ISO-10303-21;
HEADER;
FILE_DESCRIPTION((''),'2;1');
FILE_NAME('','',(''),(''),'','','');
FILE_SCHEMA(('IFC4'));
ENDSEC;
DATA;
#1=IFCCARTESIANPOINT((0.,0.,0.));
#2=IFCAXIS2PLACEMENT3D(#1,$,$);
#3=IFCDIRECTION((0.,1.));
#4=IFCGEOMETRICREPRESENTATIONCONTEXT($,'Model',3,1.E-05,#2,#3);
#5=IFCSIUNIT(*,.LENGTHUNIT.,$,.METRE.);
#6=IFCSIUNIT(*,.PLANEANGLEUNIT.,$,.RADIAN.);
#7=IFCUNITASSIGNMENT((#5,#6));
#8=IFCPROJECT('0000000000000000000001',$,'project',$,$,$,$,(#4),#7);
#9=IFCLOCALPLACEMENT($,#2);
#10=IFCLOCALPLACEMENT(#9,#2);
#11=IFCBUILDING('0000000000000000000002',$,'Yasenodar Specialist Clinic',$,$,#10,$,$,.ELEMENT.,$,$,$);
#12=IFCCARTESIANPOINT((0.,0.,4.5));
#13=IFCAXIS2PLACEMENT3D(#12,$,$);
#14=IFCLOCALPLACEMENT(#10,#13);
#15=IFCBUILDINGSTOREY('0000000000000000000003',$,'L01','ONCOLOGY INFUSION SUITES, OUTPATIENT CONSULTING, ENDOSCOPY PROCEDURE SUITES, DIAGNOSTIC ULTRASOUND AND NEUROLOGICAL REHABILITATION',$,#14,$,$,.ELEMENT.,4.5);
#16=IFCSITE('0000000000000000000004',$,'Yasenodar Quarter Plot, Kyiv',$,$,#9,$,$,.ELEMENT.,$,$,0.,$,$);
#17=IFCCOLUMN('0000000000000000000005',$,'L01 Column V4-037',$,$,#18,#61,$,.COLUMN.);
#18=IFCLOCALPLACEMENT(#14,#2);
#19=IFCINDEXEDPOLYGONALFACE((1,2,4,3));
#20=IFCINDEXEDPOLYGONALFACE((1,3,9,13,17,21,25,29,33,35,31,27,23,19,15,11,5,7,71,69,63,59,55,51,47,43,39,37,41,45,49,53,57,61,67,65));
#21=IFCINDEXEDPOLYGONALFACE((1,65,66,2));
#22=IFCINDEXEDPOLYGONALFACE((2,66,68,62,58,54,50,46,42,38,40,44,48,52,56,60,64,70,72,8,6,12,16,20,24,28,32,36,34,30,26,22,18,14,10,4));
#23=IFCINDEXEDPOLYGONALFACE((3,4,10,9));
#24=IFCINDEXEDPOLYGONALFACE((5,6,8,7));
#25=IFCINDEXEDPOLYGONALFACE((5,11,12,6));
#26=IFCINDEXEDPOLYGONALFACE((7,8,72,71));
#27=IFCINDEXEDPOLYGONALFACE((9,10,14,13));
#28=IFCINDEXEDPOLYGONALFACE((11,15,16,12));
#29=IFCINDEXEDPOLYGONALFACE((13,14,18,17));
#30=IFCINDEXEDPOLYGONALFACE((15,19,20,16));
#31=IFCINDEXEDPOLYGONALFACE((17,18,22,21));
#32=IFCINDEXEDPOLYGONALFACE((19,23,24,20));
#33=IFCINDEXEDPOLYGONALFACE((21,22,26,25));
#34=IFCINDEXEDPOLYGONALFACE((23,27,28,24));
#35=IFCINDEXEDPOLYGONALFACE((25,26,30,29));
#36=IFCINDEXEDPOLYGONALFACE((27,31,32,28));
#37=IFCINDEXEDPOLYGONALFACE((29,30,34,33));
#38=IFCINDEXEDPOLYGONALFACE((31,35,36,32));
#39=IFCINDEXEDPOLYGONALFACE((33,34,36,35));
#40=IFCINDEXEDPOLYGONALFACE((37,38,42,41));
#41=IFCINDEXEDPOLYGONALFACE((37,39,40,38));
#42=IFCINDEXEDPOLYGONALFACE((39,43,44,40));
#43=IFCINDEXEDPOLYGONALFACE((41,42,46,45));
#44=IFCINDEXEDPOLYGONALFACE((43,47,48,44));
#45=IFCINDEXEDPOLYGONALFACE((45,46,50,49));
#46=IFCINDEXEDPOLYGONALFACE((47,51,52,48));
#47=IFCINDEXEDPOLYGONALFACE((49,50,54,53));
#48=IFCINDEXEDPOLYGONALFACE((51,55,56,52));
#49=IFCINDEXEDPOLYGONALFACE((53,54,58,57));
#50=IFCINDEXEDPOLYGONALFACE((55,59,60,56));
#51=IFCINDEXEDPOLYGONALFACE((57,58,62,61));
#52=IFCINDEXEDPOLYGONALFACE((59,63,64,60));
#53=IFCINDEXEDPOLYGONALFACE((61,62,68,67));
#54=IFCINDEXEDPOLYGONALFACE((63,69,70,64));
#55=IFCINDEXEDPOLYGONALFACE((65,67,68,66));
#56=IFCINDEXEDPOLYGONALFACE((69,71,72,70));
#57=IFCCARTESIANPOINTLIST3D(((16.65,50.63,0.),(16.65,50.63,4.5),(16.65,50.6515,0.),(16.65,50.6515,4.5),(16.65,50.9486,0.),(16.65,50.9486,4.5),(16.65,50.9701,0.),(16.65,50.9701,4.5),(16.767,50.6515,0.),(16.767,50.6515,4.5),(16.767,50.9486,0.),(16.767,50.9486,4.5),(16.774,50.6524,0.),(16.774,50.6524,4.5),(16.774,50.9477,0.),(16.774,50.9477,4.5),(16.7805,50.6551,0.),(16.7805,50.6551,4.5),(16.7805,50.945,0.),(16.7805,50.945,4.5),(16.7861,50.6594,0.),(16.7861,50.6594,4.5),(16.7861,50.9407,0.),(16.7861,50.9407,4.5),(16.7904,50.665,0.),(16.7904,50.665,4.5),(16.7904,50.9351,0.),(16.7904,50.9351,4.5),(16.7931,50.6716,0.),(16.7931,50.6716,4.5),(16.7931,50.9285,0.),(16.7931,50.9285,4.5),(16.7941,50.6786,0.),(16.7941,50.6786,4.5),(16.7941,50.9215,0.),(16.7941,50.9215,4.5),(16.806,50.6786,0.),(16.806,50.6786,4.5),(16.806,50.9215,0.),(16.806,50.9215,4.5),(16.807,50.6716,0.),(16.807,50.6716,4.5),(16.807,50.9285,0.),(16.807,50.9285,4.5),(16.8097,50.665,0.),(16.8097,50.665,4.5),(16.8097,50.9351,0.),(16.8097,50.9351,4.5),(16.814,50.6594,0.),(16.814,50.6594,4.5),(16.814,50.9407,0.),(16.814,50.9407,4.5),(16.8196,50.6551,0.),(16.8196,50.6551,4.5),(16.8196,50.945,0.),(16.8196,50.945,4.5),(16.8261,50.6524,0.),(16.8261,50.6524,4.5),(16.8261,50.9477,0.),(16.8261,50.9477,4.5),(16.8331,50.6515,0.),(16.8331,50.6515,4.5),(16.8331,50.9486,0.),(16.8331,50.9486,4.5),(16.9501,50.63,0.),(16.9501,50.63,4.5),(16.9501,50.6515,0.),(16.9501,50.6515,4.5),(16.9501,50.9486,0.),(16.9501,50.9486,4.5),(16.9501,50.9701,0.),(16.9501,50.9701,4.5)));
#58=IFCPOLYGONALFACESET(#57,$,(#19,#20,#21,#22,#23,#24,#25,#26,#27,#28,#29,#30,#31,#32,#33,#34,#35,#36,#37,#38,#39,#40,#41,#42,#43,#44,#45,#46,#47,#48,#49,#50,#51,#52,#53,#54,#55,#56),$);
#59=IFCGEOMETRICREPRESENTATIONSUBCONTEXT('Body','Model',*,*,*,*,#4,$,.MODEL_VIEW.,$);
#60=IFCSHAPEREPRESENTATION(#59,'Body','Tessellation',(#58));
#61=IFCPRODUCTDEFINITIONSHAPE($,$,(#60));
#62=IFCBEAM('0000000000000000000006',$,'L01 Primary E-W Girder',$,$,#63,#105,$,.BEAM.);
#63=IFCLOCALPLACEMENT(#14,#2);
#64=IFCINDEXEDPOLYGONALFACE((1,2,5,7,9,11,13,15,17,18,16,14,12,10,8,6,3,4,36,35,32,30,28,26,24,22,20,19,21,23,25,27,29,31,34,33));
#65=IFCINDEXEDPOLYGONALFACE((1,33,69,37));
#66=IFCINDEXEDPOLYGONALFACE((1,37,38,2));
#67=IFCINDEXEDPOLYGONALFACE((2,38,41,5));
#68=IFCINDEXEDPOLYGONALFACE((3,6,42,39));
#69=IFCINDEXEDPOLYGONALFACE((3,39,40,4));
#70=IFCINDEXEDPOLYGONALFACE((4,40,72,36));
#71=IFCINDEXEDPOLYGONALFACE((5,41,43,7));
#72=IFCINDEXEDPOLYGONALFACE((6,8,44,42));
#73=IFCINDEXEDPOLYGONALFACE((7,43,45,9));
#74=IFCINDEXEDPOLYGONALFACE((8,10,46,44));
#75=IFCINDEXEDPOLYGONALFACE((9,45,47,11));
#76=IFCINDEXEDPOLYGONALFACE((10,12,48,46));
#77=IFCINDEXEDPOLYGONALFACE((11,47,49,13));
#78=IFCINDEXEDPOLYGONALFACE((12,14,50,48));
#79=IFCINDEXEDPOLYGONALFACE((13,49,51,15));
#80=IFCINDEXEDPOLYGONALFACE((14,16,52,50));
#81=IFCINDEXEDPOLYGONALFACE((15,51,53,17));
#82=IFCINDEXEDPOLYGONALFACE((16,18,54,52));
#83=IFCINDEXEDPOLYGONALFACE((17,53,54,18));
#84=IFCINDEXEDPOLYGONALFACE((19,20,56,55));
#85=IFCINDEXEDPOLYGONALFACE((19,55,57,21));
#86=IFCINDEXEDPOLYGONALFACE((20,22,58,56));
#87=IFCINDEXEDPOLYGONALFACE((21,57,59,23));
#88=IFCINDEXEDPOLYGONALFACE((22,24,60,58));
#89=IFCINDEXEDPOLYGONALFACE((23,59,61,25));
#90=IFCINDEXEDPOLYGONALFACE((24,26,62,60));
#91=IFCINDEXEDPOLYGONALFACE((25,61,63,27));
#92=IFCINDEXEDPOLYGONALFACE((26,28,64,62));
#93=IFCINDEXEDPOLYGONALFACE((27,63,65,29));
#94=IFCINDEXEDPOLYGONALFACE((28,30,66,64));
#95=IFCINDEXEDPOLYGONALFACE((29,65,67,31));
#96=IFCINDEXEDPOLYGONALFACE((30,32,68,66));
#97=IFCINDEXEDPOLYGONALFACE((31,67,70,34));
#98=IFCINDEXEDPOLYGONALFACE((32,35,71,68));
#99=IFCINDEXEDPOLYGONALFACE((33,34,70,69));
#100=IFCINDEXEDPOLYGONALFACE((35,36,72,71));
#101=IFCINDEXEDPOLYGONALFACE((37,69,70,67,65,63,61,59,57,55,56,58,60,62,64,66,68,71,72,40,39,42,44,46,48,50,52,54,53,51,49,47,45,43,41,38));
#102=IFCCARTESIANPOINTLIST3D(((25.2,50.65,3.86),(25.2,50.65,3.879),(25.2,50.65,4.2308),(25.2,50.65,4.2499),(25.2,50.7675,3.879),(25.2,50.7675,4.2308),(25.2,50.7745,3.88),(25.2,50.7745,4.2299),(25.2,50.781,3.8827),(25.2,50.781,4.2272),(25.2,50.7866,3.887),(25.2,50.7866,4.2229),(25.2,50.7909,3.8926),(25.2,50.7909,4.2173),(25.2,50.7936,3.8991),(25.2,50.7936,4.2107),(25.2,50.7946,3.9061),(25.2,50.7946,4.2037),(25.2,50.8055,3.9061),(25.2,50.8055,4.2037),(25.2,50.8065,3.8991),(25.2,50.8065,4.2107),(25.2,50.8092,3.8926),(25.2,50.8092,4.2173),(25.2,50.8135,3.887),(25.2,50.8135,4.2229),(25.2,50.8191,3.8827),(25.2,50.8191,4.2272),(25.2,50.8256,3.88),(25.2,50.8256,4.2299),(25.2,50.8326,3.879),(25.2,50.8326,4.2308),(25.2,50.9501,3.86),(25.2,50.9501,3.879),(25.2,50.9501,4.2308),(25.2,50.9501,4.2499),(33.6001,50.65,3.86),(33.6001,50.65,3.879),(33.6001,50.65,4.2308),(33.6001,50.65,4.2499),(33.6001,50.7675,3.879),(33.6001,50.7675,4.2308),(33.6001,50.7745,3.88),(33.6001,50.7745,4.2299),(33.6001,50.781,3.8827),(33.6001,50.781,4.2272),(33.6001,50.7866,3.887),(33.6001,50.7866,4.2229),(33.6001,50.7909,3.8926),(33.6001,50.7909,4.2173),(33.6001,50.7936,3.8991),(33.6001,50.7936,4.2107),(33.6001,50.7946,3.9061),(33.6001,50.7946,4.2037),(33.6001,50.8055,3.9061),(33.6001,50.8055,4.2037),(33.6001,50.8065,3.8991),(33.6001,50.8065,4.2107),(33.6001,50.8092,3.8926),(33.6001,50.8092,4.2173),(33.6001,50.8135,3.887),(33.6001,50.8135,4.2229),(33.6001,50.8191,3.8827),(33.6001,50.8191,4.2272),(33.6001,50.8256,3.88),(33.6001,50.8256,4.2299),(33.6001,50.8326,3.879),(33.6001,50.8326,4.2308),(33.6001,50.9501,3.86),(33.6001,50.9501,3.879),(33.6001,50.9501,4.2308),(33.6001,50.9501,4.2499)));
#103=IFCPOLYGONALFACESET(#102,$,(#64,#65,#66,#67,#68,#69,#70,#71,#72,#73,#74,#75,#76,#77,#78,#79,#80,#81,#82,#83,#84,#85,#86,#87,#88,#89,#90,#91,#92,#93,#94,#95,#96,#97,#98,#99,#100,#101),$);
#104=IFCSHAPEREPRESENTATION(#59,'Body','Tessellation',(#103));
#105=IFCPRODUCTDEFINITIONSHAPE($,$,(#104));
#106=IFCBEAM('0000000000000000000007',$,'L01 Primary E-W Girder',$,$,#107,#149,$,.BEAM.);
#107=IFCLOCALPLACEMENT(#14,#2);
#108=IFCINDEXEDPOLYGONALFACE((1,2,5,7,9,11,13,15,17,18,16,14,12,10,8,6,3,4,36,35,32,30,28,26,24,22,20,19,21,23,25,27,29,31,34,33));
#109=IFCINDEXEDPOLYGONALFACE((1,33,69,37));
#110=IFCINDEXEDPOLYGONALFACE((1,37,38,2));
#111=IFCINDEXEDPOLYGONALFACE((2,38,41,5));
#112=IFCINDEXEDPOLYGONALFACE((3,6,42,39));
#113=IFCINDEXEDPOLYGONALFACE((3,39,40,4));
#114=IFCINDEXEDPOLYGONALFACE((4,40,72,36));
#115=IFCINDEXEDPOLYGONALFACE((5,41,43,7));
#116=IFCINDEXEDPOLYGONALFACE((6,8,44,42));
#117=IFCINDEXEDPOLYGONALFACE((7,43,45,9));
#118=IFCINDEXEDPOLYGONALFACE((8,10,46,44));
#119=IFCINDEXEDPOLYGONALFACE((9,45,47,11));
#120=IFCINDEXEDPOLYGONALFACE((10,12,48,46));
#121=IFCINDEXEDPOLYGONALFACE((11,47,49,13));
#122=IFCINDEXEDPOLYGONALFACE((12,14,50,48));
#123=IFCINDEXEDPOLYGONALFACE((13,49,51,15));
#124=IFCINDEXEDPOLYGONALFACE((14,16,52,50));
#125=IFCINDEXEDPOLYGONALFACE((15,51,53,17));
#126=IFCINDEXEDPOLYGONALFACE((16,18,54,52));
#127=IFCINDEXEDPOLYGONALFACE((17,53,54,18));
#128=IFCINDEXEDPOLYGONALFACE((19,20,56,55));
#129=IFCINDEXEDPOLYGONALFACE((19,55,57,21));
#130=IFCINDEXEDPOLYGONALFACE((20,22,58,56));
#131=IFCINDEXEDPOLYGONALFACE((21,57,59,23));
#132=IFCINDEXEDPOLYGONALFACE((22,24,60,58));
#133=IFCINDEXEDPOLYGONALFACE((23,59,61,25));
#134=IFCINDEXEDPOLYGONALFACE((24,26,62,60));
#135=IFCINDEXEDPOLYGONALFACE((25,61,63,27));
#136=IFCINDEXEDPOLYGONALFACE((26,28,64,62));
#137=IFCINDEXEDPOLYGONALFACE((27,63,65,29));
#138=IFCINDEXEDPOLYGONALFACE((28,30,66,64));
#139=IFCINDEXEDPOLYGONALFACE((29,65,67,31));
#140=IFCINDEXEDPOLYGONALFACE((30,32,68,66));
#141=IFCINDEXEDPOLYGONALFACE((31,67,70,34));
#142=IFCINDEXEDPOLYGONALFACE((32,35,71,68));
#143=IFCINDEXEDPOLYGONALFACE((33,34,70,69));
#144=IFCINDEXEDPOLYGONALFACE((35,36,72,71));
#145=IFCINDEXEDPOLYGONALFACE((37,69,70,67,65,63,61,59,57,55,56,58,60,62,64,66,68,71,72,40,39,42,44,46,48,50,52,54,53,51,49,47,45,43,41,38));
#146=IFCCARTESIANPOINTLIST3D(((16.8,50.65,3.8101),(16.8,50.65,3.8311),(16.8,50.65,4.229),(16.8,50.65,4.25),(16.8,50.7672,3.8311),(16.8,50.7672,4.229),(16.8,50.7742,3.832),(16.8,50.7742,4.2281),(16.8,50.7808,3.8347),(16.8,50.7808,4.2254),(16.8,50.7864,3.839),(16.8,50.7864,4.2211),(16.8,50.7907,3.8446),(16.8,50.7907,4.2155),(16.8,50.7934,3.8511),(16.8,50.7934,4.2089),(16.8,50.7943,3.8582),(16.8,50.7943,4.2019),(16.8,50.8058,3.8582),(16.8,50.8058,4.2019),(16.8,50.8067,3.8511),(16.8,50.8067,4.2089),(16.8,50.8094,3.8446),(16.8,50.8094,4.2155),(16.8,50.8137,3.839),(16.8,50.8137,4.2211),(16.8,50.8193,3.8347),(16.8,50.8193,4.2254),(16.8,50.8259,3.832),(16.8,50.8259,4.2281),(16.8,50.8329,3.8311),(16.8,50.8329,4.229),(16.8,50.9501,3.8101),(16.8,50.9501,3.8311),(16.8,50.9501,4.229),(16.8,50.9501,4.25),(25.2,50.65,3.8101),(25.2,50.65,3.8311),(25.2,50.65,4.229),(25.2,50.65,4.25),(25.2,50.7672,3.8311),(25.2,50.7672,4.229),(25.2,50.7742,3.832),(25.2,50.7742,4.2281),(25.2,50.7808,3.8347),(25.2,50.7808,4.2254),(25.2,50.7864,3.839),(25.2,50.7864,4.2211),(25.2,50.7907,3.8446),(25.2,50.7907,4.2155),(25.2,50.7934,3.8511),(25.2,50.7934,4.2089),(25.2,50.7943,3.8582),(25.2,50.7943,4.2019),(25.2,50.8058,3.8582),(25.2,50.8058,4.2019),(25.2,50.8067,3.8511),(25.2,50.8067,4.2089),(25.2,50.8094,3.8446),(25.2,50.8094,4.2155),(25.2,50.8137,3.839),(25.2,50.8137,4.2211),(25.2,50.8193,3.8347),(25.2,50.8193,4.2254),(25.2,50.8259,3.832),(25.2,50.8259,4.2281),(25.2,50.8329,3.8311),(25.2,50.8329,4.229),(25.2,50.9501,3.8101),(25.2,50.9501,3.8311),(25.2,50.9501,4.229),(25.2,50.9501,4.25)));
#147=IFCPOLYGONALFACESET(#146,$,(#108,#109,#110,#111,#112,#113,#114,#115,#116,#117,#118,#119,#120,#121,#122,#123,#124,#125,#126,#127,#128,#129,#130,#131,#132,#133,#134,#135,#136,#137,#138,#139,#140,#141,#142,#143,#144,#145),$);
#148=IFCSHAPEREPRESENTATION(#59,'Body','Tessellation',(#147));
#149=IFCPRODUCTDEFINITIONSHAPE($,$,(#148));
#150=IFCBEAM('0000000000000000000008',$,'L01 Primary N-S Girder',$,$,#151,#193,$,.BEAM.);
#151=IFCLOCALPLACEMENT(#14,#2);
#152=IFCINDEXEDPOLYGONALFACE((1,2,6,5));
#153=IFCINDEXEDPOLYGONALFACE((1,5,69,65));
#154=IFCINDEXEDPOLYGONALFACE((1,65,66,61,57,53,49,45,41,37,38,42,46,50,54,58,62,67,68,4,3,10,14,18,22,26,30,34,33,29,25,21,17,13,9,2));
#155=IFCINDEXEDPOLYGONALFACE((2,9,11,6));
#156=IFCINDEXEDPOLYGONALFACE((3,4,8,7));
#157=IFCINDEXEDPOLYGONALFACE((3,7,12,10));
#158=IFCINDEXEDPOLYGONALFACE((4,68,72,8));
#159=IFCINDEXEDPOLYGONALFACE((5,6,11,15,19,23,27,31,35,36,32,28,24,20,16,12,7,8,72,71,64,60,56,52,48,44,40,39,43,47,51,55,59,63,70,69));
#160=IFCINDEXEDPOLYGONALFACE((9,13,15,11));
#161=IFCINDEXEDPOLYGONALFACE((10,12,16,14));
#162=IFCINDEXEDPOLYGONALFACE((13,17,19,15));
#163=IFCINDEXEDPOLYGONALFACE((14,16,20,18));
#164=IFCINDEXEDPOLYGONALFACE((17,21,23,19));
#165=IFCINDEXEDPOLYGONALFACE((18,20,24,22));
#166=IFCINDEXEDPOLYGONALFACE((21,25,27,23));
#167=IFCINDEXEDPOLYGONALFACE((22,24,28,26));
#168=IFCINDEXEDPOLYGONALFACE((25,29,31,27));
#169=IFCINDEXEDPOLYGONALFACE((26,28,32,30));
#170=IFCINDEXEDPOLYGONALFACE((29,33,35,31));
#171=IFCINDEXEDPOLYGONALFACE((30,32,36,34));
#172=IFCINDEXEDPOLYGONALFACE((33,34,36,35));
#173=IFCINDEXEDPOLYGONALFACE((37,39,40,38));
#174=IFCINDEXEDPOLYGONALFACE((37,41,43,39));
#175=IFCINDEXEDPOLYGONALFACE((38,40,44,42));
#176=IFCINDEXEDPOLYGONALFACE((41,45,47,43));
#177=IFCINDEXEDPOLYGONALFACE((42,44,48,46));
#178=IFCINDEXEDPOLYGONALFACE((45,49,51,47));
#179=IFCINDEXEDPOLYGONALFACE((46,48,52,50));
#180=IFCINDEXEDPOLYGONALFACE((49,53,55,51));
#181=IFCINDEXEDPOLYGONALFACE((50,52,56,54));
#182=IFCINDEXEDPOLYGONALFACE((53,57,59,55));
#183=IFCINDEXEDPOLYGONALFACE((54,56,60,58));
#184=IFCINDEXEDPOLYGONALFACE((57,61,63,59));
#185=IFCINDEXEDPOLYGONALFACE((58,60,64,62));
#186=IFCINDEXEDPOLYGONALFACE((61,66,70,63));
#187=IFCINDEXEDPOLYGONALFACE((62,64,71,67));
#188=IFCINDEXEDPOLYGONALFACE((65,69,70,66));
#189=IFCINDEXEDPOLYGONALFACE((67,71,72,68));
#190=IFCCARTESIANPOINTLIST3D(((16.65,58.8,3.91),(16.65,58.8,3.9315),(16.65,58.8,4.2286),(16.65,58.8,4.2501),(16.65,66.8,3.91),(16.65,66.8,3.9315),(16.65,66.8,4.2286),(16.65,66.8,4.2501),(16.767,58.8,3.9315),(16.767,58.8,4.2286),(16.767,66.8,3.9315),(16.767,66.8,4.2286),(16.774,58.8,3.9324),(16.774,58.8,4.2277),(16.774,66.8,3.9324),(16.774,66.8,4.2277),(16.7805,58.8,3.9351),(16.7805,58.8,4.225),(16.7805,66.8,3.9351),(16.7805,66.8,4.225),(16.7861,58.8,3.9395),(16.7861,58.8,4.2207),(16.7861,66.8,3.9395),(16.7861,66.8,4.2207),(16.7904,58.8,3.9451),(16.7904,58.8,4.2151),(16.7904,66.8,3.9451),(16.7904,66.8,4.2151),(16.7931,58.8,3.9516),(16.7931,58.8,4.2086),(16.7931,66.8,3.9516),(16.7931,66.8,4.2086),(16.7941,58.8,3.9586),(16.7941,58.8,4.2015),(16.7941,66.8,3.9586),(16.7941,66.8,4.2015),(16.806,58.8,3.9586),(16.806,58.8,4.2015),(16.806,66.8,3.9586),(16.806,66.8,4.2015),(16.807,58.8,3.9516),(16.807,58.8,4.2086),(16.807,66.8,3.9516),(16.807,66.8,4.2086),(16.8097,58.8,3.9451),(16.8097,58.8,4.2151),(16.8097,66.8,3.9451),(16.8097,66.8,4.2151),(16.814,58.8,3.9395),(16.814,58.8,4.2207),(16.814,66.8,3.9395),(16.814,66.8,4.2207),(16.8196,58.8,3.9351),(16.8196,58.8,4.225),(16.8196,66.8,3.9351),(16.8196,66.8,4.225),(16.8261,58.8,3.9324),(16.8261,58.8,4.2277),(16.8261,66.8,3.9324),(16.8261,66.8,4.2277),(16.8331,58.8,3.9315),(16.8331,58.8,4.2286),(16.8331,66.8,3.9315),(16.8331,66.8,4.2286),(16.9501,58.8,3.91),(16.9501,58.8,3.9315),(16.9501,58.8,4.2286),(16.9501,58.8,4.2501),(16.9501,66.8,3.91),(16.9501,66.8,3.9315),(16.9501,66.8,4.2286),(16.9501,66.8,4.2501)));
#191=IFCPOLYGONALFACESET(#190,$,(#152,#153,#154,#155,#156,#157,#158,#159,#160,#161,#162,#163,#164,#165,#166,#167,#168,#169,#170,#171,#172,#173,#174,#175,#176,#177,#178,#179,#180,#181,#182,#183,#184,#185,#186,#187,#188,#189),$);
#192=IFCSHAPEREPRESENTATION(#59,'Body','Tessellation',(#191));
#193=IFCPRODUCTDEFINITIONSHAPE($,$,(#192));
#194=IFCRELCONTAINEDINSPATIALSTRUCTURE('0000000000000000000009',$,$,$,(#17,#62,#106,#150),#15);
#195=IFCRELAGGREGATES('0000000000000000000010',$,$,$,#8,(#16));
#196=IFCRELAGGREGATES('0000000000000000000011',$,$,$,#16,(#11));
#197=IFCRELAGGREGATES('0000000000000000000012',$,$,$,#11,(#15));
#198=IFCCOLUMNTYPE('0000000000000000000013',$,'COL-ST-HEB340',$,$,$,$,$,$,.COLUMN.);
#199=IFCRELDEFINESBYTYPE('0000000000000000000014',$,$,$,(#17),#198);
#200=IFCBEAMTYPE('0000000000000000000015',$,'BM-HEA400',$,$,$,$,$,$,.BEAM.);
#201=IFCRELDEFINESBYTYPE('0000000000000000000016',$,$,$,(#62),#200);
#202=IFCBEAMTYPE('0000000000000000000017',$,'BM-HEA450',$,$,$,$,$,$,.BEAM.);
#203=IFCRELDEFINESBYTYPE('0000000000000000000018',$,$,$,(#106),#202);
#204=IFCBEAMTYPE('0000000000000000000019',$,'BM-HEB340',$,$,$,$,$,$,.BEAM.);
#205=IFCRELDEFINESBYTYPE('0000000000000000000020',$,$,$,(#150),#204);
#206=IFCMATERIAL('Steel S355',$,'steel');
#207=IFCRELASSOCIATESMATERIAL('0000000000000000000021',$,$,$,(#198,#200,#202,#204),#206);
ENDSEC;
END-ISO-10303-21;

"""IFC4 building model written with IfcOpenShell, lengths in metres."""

from ifc_helpers import new_model, si_unit, direction, frame, origin, origin_2d, place, context, subcontext, project, spatial, i_section, extrude, material, material_profile, profile_set, type_object, element, save


model = new_model("IFC4")

# Units and contexts
model_context = context("Model", 3, precision=1e-05, world=origin(), true_north=direction((0.0, 1.0)))
body_context = subcontext(model_context, "Body", "Model", "MODEL_VIEW")
ifc_project = project(units=[si_unit("LENGTHUNIT", "METRE"), si_unit("PLANEANGLEUNIT", "RADIAN")], contexts=[model_context])

# Site, building, storey
site_placement = place(None, origin())
site = spatial("IfcSite", under=ifc_project, at=site_placement, Name="Yasenodar Quarter Plot, Kyiv", CompositionType="ELEMENT", RefElevation=0.0)
building_placement = place(site_placement, origin())
building = spatial("IfcBuilding", under=site, at=building_placement, Name="Yasenodar Specialist Clinic", CompositionType="ELEMENT")
storey_placement = place(building_placement, frame((0.0, 0.0, 4.5)))
storey = spatial("IfcBuildingStorey", under=building, at=storey_placement, Name="L01", Description="ONCOLOGY INFUSION SUITES, OUTPATIENT CONSULTING, ENDOSCOPY PROCEDURE SUITES, DIAGNOSTIC ULTRASOUND AND NEUROLOGICAL REHABILITATION", CompositionType="ELEMENT", Elevation=4.5)

# Column
ifc_material_1 = material(Name="Steel S355", Category="steel")
ifc_material_profile_1 = material_profile(ifc_material_1, i_section(OverallWidth=0.3, OverallDepth=0.3401, WebThickness=0.012, FlangeThickness=0.0215, FilletRadius=0.0271, at=origin_2d()), Name="HEB 340")
ifc_profile_set_1 = profile_set([ifc_material_profile_1], Name="Steel S355")
column_type_1 = type_object("IfcColumnType", Name="COL-ST-HEB340", PredefinedType="COLUMN", material=ifc_profile_set_1)
column_1_placement = place(storey_placement, frame((16.8, 50.8, 0.0), z_axis=(0.0, 0.0, 1.0), x_axis=(1.0, 0.0, 0.0)))
element("IfcColumn", 1, at=column_1_placement, inside=storey, type_object=column_type_1, Name="L01 Column V4-037", PredefinedType="COLUMN", context=body_context, shape_type="SweptSolid", body=[
    extrude(i_section(OverallWidth=0.3, OverallDepth=0.3401, WebThickness=0.012, FlangeThickness=0.0215, FilletRadius=0.0271, at=origin_2d()), origin(), (0.0, 0.0, 1.0), 4.5),
])

# Beams
ifc_material_profile_2 = material_profile(ifc_material_1, i_section(OverallWidth=0.3, OverallDepth=0.3899, WebThickness=0.011, FlangeThickness=0.019, FilletRadius=0.0271, at=origin_2d()), Name="HEA 400")
ifc_profile_set_2 = profile_set([ifc_material_profile_2], Name="Steel S355")
beam_type_1 = type_object("IfcBeamType", Name="BM-HEA400", PredefinedType="BEAM", material=ifc_profile_set_2)
beam_1_placement = place(storey_placement, frame((25.2, 50.8, 4.0549), z_axis=(1.0, 0.0, 0.0), x_axis=(0.0, 1.0, 0.0)))
element("IfcBeam", 2, at=beam_1_placement, inside=storey, type_object=beam_type_1, Name="L01 Primary E-W Girder", PredefinedType="BEAM", context=body_context, shape_type="SweptSolid", body=[
    extrude(i_section(OverallWidth=0.3, OverallDepth=0.3899, WebThickness=0.011, FlangeThickness=0.019, FilletRadius=0.0271, at=origin_2d()), origin(), (0.0, 0.0, 1.0), 8.4001),
])
ifc_material_profile_3 = material_profile(ifc_material_1, i_section(OverallWidth=0.3, OverallDepth=0.4399, WebThickness=0.0115, FlangeThickness=0.021, FilletRadius=0.0271, at=origin_2d()), Name="HEA 450")
ifc_profile_set_3 = profile_set([ifc_material_profile_3], Name="Steel S355")
beam_type_2 = type_object("IfcBeamType", Name="BM-HEA450", PredefinedType="BEAM", material=ifc_profile_set_3)
beam_2_placement = place(storey_placement, frame((16.8, 50.8, 4.03), z_axis=(1.0, 0.0, 0.0), x_axis=(0.0, 1.0, 0.0)))
element("IfcBeam", 3, at=beam_2_placement, inside=storey, type_object=beam_type_2, Name="L01 Primary E-W Girder", PredefinedType="BEAM", context=body_context, shape_type="SweptSolid", body=[
    extrude(i_section(OverallWidth=0.3, OverallDepth=0.4399, WebThickness=0.0115, FlangeThickness=0.021, FilletRadius=0.0271, at=origin_2d()), origin(), (0.0, 0.0, 1.0), 8.3999),
])
ifc_material_profile_4 = material_profile(ifc_material_1, i_section(OverallWidth=0.3, OverallDepth=0.3401, WebThickness=0.012, FlangeThickness=0.0215, FilletRadius=0.0271, at=origin_2d()), Name="HEB 340")
ifc_profile_set_4 = profile_set([ifc_material_profile_4], Name="Steel S355")
beam_type_3 = type_object("IfcBeamType", Name="BM-HEB340", PredefinedType="BEAM", material=ifc_profile_set_4)
beam_3_placement = place(storey_placement, frame((16.8, 58.8, 4.0801), z_axis=(0.0, 1.0, 0.0), x_axis=(-1.0, 0.0, 0.0)))
element("IfcBeam", 4, at=beam_3_placement, inside=storey, type_object=beam_type_3, Name="L01 Primary N-S Girder", PredefinedType="BEAM", context=body_context, shape_type="SweptSolid", body=[
    extrude(i_section(OverallWidth=0.3, OverallDepth=0.3401, WebThickness=0.012, FlangeThickness=0.0215, FilletRadius=0.0271, at=origin_2d()), origin(), (0.0, 0.0, 1.0), 8.0),
])

save(model, "model.ifc")
